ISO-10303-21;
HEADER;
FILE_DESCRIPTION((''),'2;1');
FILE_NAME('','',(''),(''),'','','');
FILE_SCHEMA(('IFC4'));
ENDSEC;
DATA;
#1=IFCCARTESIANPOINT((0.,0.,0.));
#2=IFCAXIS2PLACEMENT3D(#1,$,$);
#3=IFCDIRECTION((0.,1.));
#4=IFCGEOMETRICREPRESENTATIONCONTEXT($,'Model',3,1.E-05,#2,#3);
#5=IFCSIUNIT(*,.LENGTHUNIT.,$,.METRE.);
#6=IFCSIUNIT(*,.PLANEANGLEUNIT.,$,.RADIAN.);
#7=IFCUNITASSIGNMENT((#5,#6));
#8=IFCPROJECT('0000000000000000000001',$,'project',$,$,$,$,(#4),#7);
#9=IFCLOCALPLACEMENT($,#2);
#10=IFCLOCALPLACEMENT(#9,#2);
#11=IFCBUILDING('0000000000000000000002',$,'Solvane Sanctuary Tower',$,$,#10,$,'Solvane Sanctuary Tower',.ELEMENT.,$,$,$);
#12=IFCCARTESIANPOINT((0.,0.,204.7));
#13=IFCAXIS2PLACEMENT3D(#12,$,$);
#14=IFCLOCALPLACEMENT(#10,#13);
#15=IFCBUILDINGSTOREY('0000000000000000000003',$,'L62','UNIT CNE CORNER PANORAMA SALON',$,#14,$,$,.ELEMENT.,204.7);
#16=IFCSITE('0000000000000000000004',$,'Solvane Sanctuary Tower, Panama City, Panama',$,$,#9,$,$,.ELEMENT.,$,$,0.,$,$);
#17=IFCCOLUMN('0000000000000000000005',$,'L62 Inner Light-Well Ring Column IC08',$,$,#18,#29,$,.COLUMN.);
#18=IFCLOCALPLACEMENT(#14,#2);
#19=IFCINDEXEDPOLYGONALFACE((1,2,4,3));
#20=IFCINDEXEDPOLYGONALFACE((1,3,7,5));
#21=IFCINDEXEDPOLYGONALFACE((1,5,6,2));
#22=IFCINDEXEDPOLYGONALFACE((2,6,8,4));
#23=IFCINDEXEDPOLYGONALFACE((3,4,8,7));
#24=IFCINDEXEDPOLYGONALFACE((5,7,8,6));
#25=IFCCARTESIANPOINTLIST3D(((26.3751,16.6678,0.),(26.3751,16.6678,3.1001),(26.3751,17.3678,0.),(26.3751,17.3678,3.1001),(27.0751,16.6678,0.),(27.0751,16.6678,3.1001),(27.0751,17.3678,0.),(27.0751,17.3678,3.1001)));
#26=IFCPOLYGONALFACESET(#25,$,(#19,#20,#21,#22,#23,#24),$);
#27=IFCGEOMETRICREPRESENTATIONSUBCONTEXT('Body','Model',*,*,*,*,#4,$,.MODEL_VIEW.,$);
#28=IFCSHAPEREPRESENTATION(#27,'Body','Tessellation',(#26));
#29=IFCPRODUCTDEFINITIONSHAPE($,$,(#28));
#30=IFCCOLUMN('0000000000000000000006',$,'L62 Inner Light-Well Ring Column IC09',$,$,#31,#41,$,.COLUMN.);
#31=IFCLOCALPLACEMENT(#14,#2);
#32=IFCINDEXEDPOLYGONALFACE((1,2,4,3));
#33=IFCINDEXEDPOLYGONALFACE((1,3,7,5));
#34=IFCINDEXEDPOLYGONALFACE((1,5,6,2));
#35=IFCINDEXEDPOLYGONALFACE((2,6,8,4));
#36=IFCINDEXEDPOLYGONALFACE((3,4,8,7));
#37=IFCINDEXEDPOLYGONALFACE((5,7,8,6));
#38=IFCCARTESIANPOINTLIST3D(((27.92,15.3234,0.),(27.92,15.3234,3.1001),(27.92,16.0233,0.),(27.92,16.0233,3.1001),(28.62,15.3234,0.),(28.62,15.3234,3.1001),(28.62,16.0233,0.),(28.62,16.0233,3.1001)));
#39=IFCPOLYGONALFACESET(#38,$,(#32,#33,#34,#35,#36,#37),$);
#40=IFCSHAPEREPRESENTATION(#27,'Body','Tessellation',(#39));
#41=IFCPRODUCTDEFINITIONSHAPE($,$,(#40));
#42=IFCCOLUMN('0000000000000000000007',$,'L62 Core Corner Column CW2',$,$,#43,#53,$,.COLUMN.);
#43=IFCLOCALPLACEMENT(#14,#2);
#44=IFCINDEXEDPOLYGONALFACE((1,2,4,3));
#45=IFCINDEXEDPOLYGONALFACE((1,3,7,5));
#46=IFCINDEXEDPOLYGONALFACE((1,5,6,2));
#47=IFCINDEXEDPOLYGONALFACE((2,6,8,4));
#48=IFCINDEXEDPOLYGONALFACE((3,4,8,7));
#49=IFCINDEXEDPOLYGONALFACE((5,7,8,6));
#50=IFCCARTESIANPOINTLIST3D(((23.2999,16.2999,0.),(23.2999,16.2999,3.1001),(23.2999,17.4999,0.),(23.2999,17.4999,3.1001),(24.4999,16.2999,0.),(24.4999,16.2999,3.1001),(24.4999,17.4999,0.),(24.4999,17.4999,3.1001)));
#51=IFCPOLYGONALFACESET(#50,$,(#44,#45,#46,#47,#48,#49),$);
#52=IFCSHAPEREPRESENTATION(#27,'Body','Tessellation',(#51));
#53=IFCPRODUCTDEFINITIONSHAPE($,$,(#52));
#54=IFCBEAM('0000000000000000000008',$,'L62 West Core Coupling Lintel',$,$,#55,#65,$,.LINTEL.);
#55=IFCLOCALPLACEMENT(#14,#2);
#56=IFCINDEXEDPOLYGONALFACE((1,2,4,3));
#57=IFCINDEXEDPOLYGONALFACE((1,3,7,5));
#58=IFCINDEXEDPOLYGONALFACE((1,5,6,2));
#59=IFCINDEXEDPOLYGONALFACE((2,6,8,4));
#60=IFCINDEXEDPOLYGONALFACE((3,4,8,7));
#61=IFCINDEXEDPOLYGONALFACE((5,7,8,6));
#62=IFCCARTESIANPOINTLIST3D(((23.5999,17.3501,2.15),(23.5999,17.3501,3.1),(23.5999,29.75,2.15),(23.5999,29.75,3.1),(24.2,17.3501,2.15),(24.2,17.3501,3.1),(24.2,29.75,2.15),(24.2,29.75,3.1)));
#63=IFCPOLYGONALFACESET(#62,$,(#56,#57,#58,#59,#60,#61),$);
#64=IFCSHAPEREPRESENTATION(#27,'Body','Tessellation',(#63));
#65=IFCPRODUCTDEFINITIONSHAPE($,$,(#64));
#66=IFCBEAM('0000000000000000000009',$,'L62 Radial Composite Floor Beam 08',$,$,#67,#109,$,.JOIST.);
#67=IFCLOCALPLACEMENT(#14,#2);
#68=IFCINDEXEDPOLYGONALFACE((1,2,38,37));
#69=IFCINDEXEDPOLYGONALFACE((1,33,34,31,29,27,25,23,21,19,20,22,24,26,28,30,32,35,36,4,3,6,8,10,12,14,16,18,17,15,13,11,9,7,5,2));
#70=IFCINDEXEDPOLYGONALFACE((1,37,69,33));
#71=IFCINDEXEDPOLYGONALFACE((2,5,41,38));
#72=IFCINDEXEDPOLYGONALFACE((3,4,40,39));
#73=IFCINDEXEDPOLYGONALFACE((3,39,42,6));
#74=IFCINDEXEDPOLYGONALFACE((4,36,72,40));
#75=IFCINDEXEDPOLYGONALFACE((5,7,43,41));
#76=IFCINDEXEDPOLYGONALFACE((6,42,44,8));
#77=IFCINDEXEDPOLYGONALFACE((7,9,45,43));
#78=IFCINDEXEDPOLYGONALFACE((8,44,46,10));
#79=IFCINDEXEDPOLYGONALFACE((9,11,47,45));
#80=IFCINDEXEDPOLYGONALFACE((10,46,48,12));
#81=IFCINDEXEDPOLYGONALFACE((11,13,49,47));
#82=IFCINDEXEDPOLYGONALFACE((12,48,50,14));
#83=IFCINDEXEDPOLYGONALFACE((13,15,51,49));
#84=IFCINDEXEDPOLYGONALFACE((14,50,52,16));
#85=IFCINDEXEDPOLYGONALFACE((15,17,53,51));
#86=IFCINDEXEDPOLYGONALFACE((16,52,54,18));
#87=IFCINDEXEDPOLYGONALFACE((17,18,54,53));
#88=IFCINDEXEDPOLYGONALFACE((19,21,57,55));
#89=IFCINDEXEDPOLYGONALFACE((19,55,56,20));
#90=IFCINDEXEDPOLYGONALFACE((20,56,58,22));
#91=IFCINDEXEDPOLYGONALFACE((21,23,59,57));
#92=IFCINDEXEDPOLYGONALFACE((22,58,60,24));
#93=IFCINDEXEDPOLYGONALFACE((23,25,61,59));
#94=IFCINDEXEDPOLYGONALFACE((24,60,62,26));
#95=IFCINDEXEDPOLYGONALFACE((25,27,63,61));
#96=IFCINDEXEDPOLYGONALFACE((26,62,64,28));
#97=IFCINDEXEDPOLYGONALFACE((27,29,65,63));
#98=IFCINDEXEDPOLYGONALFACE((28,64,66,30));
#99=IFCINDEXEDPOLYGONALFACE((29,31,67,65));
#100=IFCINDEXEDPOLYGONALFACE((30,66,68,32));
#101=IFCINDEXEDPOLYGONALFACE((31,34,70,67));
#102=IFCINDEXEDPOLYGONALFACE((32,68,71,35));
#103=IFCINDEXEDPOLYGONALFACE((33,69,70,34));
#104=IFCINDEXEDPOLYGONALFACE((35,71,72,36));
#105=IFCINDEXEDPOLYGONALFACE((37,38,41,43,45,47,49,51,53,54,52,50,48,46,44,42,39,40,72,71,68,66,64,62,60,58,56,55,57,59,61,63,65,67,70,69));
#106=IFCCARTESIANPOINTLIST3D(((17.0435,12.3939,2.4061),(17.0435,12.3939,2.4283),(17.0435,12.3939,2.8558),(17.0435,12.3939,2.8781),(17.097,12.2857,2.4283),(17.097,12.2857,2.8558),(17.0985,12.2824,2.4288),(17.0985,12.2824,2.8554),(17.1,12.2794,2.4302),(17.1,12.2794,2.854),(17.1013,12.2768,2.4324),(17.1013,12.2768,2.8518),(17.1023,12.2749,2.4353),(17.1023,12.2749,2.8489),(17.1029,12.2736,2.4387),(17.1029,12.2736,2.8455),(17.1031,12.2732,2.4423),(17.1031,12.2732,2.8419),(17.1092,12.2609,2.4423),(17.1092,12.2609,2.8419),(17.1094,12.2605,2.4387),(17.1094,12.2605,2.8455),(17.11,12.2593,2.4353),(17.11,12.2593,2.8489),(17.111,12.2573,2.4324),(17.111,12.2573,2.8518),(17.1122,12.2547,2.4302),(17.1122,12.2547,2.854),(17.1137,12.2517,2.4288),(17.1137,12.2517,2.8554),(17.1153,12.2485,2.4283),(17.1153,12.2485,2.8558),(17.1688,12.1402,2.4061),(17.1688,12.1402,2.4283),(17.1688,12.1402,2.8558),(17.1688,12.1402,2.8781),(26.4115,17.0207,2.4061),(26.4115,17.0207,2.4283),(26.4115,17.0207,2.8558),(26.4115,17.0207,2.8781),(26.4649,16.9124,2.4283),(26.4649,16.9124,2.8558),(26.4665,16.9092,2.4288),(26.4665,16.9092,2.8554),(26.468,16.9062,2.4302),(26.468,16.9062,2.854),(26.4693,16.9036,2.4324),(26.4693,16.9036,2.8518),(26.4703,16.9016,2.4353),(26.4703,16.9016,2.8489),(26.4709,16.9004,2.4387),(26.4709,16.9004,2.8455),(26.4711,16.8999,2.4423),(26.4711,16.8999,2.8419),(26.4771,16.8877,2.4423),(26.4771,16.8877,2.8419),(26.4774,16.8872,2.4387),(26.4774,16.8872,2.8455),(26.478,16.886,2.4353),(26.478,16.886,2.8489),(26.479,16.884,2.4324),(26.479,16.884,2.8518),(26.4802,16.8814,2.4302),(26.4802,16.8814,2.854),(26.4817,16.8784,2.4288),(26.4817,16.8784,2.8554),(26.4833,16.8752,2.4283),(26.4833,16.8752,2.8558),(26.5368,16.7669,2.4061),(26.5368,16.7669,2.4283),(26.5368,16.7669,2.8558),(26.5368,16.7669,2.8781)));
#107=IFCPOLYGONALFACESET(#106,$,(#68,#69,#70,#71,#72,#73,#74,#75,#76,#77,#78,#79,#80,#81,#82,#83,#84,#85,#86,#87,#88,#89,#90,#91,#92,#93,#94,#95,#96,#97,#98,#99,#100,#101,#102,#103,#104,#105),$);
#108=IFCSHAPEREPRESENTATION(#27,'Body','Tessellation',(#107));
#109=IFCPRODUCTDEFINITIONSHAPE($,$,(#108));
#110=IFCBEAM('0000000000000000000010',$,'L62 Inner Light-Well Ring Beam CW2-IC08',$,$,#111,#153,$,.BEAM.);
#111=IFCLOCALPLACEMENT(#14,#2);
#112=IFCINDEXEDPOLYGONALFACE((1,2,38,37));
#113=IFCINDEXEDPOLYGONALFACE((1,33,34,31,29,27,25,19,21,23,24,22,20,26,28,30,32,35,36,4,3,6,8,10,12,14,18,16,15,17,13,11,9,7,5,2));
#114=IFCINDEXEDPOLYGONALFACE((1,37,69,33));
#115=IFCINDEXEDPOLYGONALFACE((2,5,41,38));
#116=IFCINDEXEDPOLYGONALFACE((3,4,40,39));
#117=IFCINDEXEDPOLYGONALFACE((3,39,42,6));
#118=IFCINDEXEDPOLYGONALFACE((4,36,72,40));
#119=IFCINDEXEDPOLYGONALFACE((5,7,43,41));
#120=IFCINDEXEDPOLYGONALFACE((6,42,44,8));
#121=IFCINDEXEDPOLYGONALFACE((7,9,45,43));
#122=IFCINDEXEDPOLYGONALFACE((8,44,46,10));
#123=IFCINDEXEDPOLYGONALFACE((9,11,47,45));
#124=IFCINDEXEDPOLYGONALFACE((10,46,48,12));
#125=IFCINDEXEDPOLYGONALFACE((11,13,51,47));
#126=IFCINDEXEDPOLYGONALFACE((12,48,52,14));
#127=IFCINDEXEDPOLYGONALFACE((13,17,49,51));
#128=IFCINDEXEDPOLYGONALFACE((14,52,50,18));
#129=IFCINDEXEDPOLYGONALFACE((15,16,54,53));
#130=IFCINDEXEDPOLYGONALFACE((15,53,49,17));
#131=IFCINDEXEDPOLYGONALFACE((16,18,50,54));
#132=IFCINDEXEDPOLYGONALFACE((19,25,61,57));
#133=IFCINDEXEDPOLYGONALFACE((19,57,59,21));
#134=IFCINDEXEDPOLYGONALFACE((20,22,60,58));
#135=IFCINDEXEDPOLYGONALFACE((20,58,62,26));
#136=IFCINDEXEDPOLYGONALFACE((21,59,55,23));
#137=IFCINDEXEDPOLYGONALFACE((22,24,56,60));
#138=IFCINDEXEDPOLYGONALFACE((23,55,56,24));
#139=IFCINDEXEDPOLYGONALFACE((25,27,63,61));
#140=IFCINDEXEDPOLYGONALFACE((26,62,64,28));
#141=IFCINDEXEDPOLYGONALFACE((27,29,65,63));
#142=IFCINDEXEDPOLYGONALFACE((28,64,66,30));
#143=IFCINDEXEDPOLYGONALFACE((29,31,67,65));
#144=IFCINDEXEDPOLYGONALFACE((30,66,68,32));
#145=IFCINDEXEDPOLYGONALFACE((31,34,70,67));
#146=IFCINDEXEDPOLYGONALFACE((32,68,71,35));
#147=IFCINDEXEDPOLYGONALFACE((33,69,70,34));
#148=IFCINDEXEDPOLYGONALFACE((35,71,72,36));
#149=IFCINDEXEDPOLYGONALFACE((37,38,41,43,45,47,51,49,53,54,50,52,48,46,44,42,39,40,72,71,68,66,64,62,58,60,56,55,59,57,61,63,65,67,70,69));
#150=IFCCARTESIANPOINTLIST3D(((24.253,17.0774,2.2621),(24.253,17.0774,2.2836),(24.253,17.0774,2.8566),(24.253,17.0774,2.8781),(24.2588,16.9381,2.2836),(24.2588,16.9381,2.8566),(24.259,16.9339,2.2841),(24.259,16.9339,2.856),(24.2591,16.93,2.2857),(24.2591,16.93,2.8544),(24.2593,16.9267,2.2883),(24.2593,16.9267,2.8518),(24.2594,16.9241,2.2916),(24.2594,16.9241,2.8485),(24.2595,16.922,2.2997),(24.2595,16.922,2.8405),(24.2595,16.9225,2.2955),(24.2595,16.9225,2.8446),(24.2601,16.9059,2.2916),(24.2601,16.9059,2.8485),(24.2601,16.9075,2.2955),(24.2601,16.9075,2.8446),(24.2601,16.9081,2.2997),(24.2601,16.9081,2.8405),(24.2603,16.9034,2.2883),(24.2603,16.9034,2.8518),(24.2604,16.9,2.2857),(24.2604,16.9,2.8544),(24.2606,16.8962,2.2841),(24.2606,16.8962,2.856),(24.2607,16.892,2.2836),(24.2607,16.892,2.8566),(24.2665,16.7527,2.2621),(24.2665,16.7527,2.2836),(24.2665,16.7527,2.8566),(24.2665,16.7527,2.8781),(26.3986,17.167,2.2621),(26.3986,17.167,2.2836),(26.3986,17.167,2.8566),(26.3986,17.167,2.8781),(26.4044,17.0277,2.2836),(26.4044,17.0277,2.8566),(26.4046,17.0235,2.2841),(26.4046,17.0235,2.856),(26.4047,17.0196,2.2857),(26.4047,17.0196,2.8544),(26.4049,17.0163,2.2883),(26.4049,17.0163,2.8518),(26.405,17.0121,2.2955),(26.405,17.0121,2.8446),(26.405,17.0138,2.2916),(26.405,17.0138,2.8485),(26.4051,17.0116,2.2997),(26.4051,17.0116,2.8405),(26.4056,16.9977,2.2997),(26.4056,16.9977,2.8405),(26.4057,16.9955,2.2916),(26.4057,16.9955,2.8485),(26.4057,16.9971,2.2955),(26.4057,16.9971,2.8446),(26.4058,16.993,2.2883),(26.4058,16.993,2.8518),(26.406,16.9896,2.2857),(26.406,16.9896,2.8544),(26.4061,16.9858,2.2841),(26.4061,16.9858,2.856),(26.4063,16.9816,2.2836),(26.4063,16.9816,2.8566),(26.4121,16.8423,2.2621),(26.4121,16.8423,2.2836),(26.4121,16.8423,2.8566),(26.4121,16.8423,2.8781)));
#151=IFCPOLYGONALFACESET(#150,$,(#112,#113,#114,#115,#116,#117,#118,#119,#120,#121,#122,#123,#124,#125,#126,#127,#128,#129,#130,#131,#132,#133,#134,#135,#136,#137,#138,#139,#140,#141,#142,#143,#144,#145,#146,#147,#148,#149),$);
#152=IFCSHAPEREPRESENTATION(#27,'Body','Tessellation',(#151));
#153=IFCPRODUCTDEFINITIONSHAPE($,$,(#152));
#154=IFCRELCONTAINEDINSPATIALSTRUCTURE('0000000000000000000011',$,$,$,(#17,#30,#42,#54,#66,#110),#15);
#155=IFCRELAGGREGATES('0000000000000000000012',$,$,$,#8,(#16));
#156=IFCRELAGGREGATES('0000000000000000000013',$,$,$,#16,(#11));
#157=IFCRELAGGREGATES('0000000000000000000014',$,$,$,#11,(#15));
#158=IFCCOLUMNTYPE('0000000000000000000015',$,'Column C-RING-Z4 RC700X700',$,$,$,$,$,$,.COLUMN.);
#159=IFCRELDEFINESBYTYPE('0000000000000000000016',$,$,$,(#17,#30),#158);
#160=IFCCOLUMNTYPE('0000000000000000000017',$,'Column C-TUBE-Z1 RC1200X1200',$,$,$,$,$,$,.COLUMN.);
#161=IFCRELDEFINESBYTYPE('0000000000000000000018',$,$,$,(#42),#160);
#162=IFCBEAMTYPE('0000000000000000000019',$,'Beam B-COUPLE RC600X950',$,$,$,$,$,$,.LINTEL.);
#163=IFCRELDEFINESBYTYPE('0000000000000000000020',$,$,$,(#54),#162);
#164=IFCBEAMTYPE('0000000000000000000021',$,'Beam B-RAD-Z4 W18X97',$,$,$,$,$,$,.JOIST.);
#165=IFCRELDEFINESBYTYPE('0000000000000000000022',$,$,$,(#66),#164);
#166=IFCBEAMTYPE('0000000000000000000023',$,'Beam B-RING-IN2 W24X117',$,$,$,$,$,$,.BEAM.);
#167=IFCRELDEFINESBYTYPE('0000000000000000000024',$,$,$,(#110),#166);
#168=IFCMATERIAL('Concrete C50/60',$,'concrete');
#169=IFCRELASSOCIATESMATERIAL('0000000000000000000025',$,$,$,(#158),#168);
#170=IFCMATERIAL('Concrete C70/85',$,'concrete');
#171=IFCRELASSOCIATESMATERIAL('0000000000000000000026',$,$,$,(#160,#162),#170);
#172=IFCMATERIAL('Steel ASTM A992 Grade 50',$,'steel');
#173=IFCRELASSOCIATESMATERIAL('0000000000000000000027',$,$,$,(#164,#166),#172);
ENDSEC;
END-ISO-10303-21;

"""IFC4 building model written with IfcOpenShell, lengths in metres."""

from ifc_helpers import new_model, si_unit, direction, frame, origin, origin_2d, place, context, subcontext, project, spatial, rectangle, i_section, extrude, material, material_profile, profile_set, type_object, element, save


model = new_model("IFC4")

# Units and contexts
model_context = context("Model", 3, precision=1e-05, world=origin(), true_north=direction((0.0, 1.0)))
body_context = subcontext(model_context, "Body", "Model", "MODEL_VIEW")
ifc_project = project(units=[si_unit("LENGTHUNIT", "METRE"), si_unit("PLANEANGLEUNIT", "RADIAN")], contexts=[model_context])

# Site, building, storey
site_placement = place(None, origin())
site = spatial("IfcSite", under=ifc_project, at=site_placement, Name="Solvane Sanctuary Tower, Panama City, Panama", CompositionType="ELEMENT", RefElevation=0.0)
building_placement = place(site_placement, origin())
building = spatial("IfcBuilding", under=site, at=building_placement, Name="Solvane Sanctuary Tower", LongName="Solvane Sanctuary Tower", CompositionType="ELEMENT")
storey_placement = place(building_placement, frame((0.0, 0.0, 204.7)))
storey = spatial("IfcBuildingStorey", under=building, at=storey_placement, Name="L62", Description="UNIT CNE CORNER PANORAMA SALON", CompositionType="ELEMENT", Elevation=204.7)

# Columns
ifc_material_1 = material(Name="Concrete C50/60", Category="concrete")
ifc_material_profile_1 = material_profile(ifc_material_1, rectangle(XDim=0.7, YDim=0.7, at=origin_2d()), Name="RC700X700")
ifc_profile_set_1 = profile_set([ifc_material_profile_1], Name="Concrete C50/60")
column_type_1 = type_object("IfcColumnType", Name="Column C-RING-Z4 RC700X700", PredefinedType="COLUMN", material=ifc_profile_set_1)
for number, where, z_axis, x_axis, name in (
    (1, (26.7251, 17.0178, 0.0), (0.0, 0.0, 1.0), (1.0, 0.0, 0.0), "L62 Inner Light-Well Ring Column IC08"),
    (2, (28.27, 15.6733, 0.0), (0.0, 0.0, 1.0), (1.0, 0.0, 0.0), "L62 Inner Light-Well Ring Column IC09"),
):
    element("IfcColumn", number, at=place(storey_placement, frame(where, z_axis=z_axis, x_axis=x_axis)), inside=storey, type_object=column_type_1, Name=name, PredefinedType="COLUMN", context=body_context, shape_type="SweptSolid", body=[
        extrude(rectangle(XDim=0.7, YDim=0.7, at=origin_2d()), origin(), (0.0, 0.0, 1.0), 3.1001),
    ])
ifc_material_2 = material(Name="Concrete C70/85", Category="concrete")
ifc_material_profile_2 = material_profile(ifc_material_2, rectangle(XDim=1.2, YDim=1.2, at=origin_2d()), Name="RC1200X1200")
ifc_profile_set_2 = profile_set([ifc_material_profile_2], Name="Concrete C70/85")
column_type_2 = type_object("IfcColumnType", Name="Column C-TUBE-Z1 RC1200X1200", PredefinedType="COLUMN", material=ifc_profile_set_2)
column_placement = place(storey_placement, frame((23.8999, 16.8999, 0.0), z_axis=(0.0, 0.0, 1.0), x_axis=(1.0, 0.0, 0.0)))
element("IfcColumn", 3, at=column_placement, inside=storey, type_object=column_type_2, Name="L62 Core Corner Column CW2", PredefinedType="COLUMN", context=body_context, shape_type="SweptSolid", body=[
    extrude(rectangle(XDim=1.2, YDim=1.2, at=origin_2d()), origin(), (0.0, 0.0, 1.0), 3.1001),
])

# Beams
ifc_material_profile_3 = material_profile(ifc_material_2, rectangle(XDim=0.6001, YDim=0.95, at=origin_2d()), Name="RC600X950")
ifc_profile_set_3 = profile_set([ifc_material_profile_3], Name="Concrete C70/85")
beam_type_1 = type_object("IfcBeamType", Name="Beam B-COUPLE RC600X950", PredefinedType="LINTEL", material=ifc_profile_set_3)
beam_1_placement = place(storey_placement, frame((23.8999, 17.3501, 2.625), z_axis=(0.0, 1.0, 0.0), x_axis=(-1.0, 0.0, 0.0)))
element("IfcBeam", 4, at=beam_1_placement, inside=storey, type_object=beam_type_1, Name="L62 West Core Coupling Lintel", PredefinedType="LINTEL", context=body_context, shape_type="SweptSolid", body=[
    extrude(rectangle(XDim=0.6001, YDim=0.95, at=origin_2d()), origin(), (0.0, 0.0, 1.0), 12.3999),
])
ifc_material_3 = material(Name="Steel ASTM A992 Grade 50", Category="steel")
ifc_material_profile_4 = material_profile(ifc_material_3, i_section(OverallWidth=0.283, OverallDepth=0.4719, WebThickness=0.0137, FlangeThickness=0.0222, FilletRadius=0.0139, at=origin_2d()), Name="W18X97")
ifc_profile_set_4 = profile_set([ifc_material_profile_4], Name="Steel ASTM A992 Grade 50")
beam_type_2 = type_object("IfcBeamType", Name="Beam B-RAD-Z4 W18X97", PredefinedType="JOIST", material=ifc_profile_set_4)
beam_2_placement = place(storey_placement, frame((26.4741, 16.8938, 2.6421), z_axis=(-0.896608, -0.442825, 0.0), x_axis=(0.442825, -0.896608, 0.0)))
element("IfcBeam", 5, at=beam_2_placement, inside=storey, type_object=beam_type_2, Name="L62 Radial Composite Floor Beam 08", PredefinedType="JOIST", context=body_context, shape_type="SweptSolid", body=[
    extrude(i_section(OverallWidth=0.283, OverallDepth=0.4719, WebThickness=0.0137, FlangeThickness=0.0222, FilletRadius=0.0139, at=origin_2d()), origin(), (0.0, 0.0, 1.0), 10.4482),
])
ifc_material_profile_5 = material_profile(ifc_material_3, i_section(OverallWidth=0.325, OverallDepth=0.616, WebThickness=0.0139, FlangeThickness=0.0215, FilletRadius=0.0161, at=origin_2d()), Name="W24X117")
ifc_profile_set_5 = profile_set([ifc_material_profile_5], Name="Steel ASTM A992 Grade 50")
beam_type_3 = type_object("IfcBeamType", Name="Beam B-RING-IN2 W24X117", PredefinedType="BEAM", material=ifc_profile_set_5)
beam_3_placement = place(storey_placement, frame((24.2598, 16.915, 2.5701), z_axis=(0.999129, 0.041725, 0.0), x_axis=(-0.041725, 0.999129, 0.0)))
element("IfcBeam", 6, at=beam_3_placement, inside=storey, type_object=beam_type_3, Name="L62 Inner Light-Well Ring Beam CW2-IC08", PredefinedType="BEAM", context=body_context, shape_type="SweptSolid", body=[
    extrude(i_section(OverallWidth=0.325, OverallDepth=0.616, WebThickness=0.0139, FlangeThickness=0.0215, FilletRadius=0.0161, at=origin_2d()), origin(), (0.0, 0.0, 1.0), 2.1475),
])

save(model, "model.ifc")
